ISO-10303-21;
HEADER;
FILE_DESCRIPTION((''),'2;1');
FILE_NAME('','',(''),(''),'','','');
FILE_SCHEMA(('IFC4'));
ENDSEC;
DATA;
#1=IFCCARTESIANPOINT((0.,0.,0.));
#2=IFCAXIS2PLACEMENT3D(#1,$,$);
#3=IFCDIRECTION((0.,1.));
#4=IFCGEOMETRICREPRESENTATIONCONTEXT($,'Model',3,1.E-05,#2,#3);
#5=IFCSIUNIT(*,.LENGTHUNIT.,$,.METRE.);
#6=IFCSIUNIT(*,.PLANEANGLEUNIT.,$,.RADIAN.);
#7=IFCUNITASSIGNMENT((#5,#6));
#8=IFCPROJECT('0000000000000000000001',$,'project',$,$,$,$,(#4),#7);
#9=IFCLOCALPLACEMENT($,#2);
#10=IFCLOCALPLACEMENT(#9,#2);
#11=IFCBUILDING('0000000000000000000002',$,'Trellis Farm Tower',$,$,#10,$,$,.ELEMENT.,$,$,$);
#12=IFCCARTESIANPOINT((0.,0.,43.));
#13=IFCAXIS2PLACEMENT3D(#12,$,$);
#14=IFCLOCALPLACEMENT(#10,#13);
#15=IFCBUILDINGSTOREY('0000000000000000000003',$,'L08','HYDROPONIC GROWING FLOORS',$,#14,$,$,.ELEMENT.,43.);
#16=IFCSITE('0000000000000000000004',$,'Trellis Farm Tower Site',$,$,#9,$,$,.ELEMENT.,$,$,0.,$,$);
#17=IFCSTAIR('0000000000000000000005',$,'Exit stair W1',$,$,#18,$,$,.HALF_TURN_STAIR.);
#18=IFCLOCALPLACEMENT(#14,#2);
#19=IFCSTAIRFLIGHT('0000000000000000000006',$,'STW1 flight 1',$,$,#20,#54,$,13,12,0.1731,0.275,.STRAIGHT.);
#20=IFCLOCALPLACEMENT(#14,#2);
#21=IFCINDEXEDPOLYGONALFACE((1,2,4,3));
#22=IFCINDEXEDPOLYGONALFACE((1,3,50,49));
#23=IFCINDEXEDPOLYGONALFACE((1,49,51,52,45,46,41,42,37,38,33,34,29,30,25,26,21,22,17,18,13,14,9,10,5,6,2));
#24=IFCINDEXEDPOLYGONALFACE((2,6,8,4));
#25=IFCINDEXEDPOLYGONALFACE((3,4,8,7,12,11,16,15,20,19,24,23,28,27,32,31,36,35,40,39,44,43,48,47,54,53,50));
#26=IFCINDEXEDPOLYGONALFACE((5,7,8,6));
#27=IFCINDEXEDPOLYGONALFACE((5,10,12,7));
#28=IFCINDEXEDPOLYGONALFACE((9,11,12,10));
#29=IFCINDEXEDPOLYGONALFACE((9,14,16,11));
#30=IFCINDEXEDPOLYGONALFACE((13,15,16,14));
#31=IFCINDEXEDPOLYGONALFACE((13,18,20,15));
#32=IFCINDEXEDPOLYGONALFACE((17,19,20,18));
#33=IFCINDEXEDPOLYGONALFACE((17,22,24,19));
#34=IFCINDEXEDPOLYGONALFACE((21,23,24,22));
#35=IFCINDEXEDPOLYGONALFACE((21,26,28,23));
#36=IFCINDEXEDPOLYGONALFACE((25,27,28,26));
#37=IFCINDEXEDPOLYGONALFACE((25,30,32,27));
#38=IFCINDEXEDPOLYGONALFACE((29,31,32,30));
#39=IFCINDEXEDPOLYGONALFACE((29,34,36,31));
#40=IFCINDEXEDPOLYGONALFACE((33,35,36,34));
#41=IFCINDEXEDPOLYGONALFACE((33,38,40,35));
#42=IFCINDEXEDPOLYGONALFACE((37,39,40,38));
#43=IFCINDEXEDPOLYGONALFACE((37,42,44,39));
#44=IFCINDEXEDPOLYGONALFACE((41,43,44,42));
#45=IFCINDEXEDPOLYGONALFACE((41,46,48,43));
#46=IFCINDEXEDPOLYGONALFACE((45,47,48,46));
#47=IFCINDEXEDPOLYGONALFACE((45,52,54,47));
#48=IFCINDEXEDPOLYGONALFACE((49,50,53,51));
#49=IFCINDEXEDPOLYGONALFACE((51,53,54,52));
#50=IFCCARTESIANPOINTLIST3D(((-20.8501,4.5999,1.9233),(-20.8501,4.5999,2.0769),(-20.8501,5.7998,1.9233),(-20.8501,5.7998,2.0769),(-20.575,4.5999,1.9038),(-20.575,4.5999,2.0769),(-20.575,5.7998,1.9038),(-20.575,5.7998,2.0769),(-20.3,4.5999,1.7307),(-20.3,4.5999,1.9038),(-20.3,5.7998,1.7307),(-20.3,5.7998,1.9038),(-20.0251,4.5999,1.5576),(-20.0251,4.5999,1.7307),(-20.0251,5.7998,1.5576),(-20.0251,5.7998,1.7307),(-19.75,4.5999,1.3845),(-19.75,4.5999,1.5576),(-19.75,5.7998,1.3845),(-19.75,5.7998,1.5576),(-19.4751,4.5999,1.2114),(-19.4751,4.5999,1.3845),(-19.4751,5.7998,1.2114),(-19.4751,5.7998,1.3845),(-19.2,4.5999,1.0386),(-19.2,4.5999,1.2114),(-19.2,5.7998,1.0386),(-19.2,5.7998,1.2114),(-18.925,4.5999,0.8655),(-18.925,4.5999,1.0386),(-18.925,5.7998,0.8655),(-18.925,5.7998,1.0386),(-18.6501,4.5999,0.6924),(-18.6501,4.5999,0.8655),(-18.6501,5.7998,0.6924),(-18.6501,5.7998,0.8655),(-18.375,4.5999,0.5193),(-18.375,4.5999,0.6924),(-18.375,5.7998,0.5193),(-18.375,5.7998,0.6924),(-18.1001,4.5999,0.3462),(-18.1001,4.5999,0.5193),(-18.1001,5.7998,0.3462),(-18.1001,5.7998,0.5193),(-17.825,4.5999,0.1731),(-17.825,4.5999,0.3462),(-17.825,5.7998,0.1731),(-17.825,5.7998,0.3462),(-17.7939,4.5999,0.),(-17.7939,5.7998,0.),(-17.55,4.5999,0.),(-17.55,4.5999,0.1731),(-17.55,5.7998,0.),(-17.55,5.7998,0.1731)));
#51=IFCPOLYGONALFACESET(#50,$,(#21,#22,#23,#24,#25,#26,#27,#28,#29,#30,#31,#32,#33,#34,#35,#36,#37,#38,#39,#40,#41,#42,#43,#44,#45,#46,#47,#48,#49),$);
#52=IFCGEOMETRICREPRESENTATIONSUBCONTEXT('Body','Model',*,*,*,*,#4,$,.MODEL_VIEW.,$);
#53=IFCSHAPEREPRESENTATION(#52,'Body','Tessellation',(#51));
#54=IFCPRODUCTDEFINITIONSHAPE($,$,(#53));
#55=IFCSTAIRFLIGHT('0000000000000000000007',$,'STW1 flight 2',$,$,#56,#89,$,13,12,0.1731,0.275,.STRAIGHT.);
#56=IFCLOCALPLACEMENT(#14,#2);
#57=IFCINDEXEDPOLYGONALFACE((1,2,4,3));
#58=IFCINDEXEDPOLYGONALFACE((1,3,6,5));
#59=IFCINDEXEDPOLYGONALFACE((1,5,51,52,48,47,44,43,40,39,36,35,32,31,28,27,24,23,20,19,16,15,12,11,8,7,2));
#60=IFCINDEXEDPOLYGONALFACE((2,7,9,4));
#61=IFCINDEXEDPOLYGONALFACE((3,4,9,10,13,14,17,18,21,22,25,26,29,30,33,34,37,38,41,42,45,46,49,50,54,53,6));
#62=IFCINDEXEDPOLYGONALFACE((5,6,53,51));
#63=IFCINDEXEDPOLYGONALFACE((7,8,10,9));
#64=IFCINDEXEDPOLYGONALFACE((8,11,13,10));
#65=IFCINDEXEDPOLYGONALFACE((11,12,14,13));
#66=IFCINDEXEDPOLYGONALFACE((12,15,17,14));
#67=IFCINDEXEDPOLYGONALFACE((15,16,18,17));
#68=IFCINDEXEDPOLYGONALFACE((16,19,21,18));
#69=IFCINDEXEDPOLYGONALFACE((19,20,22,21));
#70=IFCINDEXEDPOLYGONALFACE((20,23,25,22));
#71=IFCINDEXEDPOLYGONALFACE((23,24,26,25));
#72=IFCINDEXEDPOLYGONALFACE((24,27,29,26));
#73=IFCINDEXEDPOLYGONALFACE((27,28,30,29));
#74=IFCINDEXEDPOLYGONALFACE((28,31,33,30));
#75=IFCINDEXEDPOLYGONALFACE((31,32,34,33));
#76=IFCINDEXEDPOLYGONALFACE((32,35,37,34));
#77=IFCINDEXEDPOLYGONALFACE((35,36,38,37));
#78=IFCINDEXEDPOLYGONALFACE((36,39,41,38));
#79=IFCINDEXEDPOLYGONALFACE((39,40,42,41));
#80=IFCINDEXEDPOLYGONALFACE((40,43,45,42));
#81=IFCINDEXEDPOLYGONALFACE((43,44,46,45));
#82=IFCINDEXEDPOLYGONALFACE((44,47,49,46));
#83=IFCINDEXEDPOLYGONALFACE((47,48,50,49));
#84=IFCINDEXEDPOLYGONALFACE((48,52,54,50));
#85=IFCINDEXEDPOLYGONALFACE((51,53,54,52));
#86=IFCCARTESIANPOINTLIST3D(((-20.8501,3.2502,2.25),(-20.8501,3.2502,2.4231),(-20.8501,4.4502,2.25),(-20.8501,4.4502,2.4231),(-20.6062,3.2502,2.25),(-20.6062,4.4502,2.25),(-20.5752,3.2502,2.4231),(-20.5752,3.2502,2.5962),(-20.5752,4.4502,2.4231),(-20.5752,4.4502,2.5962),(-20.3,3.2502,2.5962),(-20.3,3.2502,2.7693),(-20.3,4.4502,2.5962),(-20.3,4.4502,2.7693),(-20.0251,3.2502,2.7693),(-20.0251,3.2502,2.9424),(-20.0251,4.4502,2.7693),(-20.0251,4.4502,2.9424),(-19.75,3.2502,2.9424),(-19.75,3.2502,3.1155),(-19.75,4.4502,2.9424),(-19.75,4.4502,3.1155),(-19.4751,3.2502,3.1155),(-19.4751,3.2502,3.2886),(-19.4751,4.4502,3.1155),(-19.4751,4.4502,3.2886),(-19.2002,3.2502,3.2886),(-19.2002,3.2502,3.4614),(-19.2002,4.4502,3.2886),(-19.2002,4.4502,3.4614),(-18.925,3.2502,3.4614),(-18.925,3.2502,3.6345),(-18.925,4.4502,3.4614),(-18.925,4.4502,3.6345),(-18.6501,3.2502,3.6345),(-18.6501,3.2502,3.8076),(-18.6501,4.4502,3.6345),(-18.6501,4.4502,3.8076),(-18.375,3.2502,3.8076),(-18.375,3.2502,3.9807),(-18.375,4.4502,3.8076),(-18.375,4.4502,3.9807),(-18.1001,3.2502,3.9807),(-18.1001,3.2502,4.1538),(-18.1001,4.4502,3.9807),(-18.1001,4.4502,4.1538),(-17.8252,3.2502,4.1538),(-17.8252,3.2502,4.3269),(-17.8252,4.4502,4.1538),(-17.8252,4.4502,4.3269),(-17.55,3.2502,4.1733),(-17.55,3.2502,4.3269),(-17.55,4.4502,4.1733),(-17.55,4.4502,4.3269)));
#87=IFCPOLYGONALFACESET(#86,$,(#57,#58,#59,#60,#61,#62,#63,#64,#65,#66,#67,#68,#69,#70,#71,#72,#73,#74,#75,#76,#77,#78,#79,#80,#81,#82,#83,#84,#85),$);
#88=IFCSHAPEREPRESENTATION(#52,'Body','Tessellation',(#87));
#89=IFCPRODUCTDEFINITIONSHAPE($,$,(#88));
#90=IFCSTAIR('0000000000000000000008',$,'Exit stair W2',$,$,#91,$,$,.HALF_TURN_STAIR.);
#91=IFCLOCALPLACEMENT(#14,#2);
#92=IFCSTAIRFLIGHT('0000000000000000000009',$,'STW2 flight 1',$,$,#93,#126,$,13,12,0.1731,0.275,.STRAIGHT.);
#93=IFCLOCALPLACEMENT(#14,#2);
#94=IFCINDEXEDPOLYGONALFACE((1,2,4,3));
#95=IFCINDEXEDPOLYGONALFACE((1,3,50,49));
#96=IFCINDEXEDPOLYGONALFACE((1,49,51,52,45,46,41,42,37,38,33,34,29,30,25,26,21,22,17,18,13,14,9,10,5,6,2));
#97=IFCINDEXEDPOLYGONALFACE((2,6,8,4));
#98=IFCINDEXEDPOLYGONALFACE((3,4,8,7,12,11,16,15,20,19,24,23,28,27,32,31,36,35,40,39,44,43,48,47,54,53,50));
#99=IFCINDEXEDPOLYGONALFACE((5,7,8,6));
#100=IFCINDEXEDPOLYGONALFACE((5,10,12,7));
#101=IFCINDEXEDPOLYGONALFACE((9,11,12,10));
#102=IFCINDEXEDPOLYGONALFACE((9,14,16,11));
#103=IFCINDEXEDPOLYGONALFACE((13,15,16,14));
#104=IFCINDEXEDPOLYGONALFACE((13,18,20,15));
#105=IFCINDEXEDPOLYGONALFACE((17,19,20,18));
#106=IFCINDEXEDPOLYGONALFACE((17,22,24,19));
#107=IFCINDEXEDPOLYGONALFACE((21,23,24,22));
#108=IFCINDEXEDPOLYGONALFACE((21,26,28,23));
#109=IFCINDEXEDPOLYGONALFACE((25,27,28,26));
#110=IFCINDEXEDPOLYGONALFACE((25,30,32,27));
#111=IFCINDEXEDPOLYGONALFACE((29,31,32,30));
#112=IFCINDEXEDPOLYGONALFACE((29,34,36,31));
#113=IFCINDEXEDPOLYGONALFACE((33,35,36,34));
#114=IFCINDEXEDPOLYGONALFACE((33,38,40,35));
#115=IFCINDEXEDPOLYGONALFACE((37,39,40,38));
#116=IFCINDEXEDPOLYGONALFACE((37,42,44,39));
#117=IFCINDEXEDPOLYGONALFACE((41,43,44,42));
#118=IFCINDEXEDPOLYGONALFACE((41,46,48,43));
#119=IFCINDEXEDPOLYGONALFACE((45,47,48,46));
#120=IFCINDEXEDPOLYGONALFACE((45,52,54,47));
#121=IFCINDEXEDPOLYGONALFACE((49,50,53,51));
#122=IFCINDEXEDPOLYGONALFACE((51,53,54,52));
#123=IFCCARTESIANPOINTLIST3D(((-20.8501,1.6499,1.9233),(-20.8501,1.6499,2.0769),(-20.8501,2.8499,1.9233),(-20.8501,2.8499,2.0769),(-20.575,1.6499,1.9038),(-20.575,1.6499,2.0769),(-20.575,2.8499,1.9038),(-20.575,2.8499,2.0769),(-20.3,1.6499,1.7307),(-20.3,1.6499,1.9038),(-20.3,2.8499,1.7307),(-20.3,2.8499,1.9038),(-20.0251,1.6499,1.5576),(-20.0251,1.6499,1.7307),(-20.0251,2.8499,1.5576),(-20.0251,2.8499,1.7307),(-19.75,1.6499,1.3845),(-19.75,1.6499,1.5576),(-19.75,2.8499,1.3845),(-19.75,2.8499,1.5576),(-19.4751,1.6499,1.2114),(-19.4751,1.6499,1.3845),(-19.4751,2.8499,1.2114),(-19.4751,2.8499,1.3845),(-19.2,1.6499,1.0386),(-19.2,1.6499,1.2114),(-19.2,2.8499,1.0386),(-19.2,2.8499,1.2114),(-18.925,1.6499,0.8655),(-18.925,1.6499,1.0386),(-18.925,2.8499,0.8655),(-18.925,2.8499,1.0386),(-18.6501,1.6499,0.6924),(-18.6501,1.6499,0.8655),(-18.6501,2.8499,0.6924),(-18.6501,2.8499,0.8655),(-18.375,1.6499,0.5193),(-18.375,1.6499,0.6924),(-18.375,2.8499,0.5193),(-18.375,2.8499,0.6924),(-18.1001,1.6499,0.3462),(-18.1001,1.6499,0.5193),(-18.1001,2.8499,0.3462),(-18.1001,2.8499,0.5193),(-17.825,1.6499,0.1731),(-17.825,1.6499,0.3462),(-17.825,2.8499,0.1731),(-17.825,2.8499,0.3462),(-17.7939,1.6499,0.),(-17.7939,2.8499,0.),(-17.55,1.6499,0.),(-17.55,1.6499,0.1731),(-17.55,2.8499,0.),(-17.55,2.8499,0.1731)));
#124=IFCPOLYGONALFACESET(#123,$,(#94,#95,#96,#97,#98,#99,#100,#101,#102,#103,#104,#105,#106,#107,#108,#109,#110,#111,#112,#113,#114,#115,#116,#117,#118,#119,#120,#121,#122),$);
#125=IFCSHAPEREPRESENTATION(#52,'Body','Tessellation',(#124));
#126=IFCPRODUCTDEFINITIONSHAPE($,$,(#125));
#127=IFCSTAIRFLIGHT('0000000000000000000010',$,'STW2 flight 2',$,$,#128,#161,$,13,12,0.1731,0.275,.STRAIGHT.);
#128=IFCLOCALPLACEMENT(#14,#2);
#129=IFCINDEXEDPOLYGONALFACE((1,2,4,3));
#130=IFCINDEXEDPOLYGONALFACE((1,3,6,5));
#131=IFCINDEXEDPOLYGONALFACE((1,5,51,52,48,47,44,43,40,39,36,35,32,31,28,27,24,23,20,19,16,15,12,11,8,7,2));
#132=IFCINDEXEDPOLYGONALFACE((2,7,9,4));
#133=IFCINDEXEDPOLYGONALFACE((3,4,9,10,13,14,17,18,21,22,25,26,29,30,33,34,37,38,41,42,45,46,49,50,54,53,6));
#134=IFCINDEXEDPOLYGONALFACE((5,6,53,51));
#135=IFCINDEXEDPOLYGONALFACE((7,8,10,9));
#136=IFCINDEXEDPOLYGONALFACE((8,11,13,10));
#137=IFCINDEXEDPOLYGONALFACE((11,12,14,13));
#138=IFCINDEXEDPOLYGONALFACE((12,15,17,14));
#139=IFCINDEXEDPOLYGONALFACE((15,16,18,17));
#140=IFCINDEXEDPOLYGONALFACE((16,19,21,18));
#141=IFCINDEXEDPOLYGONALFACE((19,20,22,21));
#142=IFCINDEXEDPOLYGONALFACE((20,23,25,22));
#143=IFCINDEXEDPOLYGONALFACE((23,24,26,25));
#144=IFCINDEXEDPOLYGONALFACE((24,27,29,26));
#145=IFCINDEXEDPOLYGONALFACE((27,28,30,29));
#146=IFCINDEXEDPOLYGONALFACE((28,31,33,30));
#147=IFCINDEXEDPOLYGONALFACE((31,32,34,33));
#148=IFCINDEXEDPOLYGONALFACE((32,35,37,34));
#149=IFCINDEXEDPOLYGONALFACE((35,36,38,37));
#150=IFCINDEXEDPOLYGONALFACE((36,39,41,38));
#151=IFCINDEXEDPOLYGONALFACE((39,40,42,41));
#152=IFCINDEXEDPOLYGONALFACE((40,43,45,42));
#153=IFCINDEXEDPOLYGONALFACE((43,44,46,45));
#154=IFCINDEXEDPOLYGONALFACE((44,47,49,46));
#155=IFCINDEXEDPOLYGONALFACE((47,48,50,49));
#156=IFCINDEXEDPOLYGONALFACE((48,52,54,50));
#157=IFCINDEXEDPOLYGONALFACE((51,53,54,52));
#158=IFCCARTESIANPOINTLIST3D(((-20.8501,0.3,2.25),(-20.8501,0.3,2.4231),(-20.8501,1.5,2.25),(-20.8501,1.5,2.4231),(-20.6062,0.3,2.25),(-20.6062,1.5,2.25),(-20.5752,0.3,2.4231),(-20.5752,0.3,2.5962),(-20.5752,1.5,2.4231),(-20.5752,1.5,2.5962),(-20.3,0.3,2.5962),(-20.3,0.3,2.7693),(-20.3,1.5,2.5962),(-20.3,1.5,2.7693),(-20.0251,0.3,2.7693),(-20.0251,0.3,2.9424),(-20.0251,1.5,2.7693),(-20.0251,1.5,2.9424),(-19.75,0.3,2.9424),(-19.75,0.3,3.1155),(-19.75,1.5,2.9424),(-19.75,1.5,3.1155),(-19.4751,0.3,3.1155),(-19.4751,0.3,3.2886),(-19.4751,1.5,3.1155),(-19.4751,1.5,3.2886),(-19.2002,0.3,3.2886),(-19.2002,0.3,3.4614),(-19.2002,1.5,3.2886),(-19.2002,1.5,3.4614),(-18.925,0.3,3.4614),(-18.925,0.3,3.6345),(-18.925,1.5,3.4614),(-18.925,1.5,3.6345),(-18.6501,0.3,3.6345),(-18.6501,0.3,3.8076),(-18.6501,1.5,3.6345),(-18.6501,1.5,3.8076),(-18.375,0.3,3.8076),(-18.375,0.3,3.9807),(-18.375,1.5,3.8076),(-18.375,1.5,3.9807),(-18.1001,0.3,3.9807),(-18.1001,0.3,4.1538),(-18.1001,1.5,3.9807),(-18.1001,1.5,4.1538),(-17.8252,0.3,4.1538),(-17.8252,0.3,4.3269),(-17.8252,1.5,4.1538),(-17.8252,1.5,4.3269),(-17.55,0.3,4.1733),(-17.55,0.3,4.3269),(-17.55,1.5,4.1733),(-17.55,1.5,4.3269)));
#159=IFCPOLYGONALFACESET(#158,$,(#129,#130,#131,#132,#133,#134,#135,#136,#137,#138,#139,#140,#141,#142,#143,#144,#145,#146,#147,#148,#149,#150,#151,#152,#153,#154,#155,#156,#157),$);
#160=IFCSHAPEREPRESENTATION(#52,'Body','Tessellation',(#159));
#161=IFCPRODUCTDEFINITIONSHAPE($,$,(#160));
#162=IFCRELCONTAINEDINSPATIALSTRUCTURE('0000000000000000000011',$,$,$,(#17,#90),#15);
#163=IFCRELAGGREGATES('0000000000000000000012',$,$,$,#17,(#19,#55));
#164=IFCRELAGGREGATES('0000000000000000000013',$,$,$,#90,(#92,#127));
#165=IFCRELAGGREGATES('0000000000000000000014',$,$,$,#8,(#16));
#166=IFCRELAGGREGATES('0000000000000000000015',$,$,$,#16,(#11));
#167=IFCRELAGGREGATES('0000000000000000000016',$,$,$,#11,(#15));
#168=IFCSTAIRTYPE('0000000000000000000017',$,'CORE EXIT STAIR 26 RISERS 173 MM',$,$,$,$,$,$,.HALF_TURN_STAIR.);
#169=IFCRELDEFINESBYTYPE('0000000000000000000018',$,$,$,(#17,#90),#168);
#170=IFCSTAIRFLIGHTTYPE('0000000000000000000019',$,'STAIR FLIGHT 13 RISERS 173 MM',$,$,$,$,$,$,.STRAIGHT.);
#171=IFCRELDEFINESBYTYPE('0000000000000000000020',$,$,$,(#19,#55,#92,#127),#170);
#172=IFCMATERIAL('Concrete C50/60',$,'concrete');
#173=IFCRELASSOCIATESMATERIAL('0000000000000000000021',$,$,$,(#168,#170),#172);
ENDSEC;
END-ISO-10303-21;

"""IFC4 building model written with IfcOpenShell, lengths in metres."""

from ifc_helpers import new_model, si_unit, direction, frame, origin, place, context, subcontext, project, spatial, polyline, outline, extrude, source, transform, mapped, material, type_object, element, aggregate, save


model = new_model("IFC4")

# Units and contexts
model_context = context("Model", 3, precision=1e-05, world=origin(), true_north=direction((0.0, 1.0)))
body_context = subcontext(model_context, "Body", "Model", "MODEL_VIEW")
ifc_project = project(units=[si_unit("LENGTHUNIT", "METRE"), si_unit("PLANEANGLEUNIT", "RADIAN")], contexts=[model_context])

# Site, building, storey
site_placement = place(None, origin())
site = spatial("IfcSite", under=ifc_project, at=site_placement, Name="Trellis Farm Tower Site", CompositionType="ELEMENT", RefElevation=0.0)
building_placement = place(site_placement, origin())
building = spatial("IfcBuilding", under=site, at=building_placement, Name="Trellis Farm Tower", CompositionType="ELEMENT")
storey_placement = place(building_placement, frame((0.0, 0.0, 43.0)))
storey = spatial("IfcBuildingStorey", under=building, at=storey_placement, Name="L08", Description="HYDROPONIC GROWING FLOORS", CompositionType="ELEMENT", Elevation=43.0)

# Shared definitions
placement = place(storey_placement, origin())

# Stairs, stair flights
ifc_material_1 = material(Name="Concrete C50/60", Category="concrete")
stair_type = type_object("IfcStairType", Name="CORE EXIT STAIR 26 RISERS 173 MM", PredefinedType="HALF_TURN_STAIR", material=ifc_material_1)
stair_1 = element("IfcStair", 1, at=placement, inside=storey, type_object=stair_type, Name="Exit stair W1", PredefinedType="HALF_TURN_STAIR")
stair_flight_type = type_object("IfcStairFlightType", Name="STAIR FLIGHT 13 RISERS 173 MM", PredefinedType="STRAIGHT", material=ifc_material_1)
shared_shape_1 = source(origin(), body_context, "Body", "SweptSolid", [
    extrude(outline(polyline([(0.0, 0.0), (0.0, 0.1731), (0.2749, 0.1731), (0.2749, 0.3462), (0.55, 0.3462), (0.55, 0.5193), (0.825, 0.5193), (0.825, 0.6924), (1.1001, 0.6924), (1.1001, 0.8655), (1.375, 0.8655), (1.375, 1.0386), (1.6499, 1.0386), (1.6499, 1.2114), (1.925, 1.2114), (1.925, 1.3845), (2.2, 1.3845), (2.2, 1.5576), (2.4751, 1.5576), (2.4751, 1.7307), (2.75, 1.7307), (2.75, 1.9038), (3.0249, 1.9038), (3.0249, 2.0769), (3.3, 2.0769), (3.3, 2.25), (3.3, 1.9233), (0.2439, 0.0), (0.0, 0.0)])), frame((0.0, 0.6001, 0.0), z_axis=(0.0, -1.0, 0.0), x_axis=(1.0, 0.0, 0.0)), (0.0, 0.0, 1.0), 1.2),
])
stair_flight_1_placement = place(storey_placement, frame((-17.55, 5.2, 0.0), z_axis=(0.0, 0.0, 1.0), x_axis=(-1.0, 0.0, 0.0)))
stair_flight_1 = element("IfcStairFlight", 2, at=stair_flight_1_placement, type_object=stair_flight_type, Name="STW1 flight 1", NumberOfRisers=13, NumberOfTreads=12, PredefinedType="STRAIGHT", RiserHeight=0.1731, TreadLength=0.275, context=body_context, shape_type="MappedRepresentation", body=[
    mapped(shared_shape_1, transform((0.0, 0.0, 0.0))),
])
stair_flight_2_placement = place(storey_placement, frame((-20.8501, 3.8501, 2.25), z_axis=(0.0, 0.0, 1.0), x_axis=(1.0, 0.0, 0.0)))
stair_flight_2 = element("IfcStairFlight", 3, at=stair_flight_2_placement, type_object=stair_flight_type, Name="STW1 flight 2", NumberOfRisers=13, NumberOfTreads=12, PredefinedType="STRAIGHT", RiserHeight=0.1731, TreadLength=0.275, context=body_context, shape_type="MappedRepresentation", body=[
    mapped(shared_shape_1, transform((0.0, 0.0, 0.0))),
])
aggregate(stair_1, [stair_flight_1, stair_flight_2])
stair_2 = element("IfcStair", 4, at=placement, inside=storey, type_object=stair_type, Name="Exit stair W2", PredefinedType="HALF_TURN_STAIR")
stair_flight_3_placement = place(storey_placement, frame((-17.55, 2.25, 0.0), z_axis=(0.0, 0.0, 1.0), x_axis=(-1.0, 0.0, 0.0)))
stair_flight_3 = element("IfcStairFlight", 5, at=stair_flight_3_placement, type_object=stair_flight_type, Name="STW2 flight 1", NumberOfRisers=13, NumberOfTreads=12, PredefinedType="STRAIGHT", RiserHeight=0.1731, TreadLength=0.275, context=body_context, shape_type="MappedRepresentation", body=[
    mapped(shared_shape_1, transform((0.0, 0.0, 0.0))),
])
stair_flight_4_placement = place(storey_placement, frame((-20.8501, 0.8999, 2.25), z_axis=(0.0, 0.0, 1.0), x_axis=(1.0, 0.0, 0.0)))
stair_flight_4 = element("IfcStairFlight", 6, at=stair_flight_4_placement, type_object=stair_flight_type, Name="STW2 flight 2", NumberOfRisers=13, NumberOfTreads=12, PredefinedType="STRAIGHT", RiserHeight=0.1731, TreadLength=0.275, context=body_context, shape_type="MappedRepresentation", body=[
    mapped(shared_shape_1, transform((0.0, 0.0, 0.0))),
])
aggregate(stair_2, [stair_flight_3, stair_flight_4])

save(model, "model.ifc")
